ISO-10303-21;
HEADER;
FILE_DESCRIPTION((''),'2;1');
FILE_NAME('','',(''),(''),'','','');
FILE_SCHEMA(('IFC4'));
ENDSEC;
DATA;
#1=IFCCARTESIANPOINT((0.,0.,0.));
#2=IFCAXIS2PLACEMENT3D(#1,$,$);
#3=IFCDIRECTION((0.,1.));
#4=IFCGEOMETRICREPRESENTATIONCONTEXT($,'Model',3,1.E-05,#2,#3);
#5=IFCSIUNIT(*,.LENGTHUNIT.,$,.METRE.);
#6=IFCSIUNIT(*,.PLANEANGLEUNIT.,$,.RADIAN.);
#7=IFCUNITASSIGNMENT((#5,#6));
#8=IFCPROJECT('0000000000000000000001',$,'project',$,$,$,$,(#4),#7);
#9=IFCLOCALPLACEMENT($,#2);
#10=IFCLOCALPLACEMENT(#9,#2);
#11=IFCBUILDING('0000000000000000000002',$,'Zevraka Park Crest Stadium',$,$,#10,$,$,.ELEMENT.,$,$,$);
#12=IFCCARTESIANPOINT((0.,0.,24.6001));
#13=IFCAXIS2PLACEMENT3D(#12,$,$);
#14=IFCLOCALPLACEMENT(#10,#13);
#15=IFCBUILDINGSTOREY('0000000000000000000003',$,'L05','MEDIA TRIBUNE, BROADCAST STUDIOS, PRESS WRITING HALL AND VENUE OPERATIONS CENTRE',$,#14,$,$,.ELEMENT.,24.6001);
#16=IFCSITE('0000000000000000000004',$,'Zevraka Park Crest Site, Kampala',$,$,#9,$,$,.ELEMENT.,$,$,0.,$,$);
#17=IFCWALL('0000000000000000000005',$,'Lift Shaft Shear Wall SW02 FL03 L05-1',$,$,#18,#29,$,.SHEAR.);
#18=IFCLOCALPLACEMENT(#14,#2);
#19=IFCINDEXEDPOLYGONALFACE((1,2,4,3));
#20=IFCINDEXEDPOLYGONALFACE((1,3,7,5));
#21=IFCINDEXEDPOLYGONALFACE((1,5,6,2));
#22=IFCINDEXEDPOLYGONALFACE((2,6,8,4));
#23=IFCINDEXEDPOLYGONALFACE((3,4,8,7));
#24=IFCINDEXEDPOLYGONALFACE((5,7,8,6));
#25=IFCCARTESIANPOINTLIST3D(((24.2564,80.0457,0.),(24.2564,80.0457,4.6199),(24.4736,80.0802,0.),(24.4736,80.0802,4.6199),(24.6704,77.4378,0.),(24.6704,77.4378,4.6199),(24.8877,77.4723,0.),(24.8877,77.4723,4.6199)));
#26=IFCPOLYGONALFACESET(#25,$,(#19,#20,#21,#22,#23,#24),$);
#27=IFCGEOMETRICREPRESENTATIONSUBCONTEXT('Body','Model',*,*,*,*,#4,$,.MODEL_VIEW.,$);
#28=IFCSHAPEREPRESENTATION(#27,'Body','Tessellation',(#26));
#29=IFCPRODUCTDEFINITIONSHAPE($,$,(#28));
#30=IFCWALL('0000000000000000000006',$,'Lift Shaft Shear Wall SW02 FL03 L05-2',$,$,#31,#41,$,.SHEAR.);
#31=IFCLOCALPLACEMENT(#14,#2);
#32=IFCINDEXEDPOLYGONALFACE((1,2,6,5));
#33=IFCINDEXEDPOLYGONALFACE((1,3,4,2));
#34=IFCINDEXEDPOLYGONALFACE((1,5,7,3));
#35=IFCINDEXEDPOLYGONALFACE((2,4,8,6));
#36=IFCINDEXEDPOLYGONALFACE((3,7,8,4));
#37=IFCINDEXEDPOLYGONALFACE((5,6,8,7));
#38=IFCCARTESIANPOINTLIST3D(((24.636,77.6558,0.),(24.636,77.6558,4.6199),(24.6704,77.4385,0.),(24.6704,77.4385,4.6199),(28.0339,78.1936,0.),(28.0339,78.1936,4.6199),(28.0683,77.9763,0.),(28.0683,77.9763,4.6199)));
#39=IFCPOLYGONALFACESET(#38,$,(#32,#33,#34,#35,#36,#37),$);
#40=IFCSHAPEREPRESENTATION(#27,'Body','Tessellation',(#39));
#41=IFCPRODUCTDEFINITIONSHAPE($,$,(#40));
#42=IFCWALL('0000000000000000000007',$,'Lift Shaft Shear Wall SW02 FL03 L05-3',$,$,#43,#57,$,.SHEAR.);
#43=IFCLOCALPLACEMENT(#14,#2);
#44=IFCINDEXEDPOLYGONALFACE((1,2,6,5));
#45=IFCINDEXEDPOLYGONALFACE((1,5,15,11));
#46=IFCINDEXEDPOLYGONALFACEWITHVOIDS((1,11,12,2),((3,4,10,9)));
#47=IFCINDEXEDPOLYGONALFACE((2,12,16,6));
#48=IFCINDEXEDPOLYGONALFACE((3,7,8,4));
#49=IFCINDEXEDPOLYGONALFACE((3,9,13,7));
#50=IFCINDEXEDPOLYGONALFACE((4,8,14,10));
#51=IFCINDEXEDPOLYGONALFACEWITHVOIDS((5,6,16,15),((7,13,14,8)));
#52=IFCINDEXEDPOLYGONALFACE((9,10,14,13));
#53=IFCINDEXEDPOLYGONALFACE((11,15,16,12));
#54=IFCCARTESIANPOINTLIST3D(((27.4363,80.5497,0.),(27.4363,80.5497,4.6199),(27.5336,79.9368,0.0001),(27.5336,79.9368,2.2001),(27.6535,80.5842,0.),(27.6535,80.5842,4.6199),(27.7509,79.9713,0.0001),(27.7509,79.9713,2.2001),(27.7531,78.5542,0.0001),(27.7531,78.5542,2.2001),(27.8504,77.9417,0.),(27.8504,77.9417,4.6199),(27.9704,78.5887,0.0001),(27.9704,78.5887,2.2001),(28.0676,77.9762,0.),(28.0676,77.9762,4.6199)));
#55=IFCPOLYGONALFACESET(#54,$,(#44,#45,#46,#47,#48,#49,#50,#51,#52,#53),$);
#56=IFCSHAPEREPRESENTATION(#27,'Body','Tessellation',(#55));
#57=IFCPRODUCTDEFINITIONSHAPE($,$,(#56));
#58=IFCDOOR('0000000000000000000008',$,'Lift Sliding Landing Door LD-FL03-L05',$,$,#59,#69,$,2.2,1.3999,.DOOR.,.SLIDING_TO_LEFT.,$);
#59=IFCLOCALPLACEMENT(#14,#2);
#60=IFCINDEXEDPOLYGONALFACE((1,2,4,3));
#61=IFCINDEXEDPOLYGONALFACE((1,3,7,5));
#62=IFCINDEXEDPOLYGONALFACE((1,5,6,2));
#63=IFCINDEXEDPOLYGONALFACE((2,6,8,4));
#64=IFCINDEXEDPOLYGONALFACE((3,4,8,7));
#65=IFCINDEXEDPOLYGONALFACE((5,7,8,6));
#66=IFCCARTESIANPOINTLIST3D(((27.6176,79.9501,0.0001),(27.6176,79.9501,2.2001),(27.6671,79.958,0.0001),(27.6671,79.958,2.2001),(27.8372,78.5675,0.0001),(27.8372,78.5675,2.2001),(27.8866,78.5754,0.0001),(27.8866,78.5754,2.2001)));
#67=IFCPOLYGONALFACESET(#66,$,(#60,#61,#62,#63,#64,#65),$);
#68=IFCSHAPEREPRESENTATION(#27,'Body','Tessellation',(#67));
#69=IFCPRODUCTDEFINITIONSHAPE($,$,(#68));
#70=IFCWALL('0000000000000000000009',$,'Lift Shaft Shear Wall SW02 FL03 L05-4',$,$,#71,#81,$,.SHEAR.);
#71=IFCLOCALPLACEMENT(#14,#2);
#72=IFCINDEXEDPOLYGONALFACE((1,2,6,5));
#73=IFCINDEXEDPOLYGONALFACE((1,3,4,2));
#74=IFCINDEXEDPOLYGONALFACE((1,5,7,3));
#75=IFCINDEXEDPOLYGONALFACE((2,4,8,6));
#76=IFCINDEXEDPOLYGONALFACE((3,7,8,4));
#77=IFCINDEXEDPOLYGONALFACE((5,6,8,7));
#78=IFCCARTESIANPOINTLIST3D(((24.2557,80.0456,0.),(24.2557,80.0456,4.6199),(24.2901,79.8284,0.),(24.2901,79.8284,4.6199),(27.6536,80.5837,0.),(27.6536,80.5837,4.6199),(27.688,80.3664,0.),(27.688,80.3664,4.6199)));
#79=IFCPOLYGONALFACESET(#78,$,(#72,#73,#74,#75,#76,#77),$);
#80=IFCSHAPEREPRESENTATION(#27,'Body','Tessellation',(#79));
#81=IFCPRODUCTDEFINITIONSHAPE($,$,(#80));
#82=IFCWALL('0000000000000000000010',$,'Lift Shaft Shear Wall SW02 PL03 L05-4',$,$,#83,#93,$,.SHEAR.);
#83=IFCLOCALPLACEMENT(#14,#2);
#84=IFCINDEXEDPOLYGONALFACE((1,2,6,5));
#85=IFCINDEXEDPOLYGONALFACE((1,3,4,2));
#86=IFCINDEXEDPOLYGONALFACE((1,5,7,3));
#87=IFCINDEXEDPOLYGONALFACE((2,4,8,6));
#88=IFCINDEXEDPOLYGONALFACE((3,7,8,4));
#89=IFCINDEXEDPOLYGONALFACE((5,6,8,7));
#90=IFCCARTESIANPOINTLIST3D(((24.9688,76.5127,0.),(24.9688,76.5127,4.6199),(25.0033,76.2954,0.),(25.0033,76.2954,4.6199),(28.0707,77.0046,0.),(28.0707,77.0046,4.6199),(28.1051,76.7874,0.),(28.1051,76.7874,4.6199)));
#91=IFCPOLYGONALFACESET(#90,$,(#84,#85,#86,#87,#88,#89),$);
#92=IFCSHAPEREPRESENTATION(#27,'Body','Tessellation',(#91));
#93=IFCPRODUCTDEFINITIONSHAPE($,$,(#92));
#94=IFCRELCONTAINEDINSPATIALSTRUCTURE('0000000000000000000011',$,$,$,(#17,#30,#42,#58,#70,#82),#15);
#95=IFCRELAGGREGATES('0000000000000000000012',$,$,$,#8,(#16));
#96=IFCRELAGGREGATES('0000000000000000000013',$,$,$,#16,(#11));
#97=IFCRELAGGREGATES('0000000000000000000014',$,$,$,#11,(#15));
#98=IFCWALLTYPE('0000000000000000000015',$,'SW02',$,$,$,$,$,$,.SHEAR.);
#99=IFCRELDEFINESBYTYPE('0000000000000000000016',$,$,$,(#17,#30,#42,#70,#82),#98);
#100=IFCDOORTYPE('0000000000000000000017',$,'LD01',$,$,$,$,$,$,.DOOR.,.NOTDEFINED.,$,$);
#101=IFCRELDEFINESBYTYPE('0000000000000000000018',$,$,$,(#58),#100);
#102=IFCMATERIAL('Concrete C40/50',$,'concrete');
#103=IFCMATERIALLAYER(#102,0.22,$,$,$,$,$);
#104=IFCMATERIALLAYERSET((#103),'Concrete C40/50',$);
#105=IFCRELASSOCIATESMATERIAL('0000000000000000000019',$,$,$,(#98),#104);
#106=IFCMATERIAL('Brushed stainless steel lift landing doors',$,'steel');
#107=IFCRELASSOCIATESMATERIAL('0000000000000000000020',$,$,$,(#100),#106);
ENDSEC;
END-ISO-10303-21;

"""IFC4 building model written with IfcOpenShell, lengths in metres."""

from ifc_helpers import new_model, si_unit, direction, frame, frame_2d, origin, place, context, subcontext, project, spatial, rectangle, extrude, material, layer, layer_set, type_object, element, fill, save


model = new_model("IFC4")

# Units and contexts
model_context = context("Model", 3, precision=1e-05, world=origin(), true_north=direction((0.0, 1.0)))
body_context = subcontext(model_context, "Body", "Model", "MODEL_VIEW")
ifc_project = project(units=[si_unit("LENGTHUNIT", "METRE"), si_unit("PLANEANGLEUNIT", "RADIAN")], contexts=[model_context])

# Site, building, storey
site_placement = place(None, origin())
site = spatial("IfcSite", under=ifc_project, at=site_placement, Name="Zevraka Park Crest Site, Kampala", CompositionType="ELEMENT", RefElevation=0.0)
building_placement = place(site_placement, origin())
building = spatial("IfcBuilding", under=site, at=building_placement, Name="Zevraka Park Crest Stadium", CompositionType="ELEMENT")
storey_placement = place(building_placement, frame((0.0, 0.0, 24.6001)))
storey = spatial("IfcBuildingStorey", under=building, at=storey_placement, Name="L05", Description="MEDIA TRIBUNE, BROADCAST STUDIOS, PRESS WRITING HALL AND VENUE OPERATIONS CENTRE", CompositionType="ELEMENT", Elevation=24.6001)

# Walls
ifc_material_1 = material(Name="Concrete C40/50", Category="concrete")
ifc_layer_1 = layer(ifc_material_1, 0.22)
ifc_layer_set_1 = layer_set([ifc_layer_1], Name="Concrete C40/50")
wall_type_1 = type_object("IfcWallType", Name="SW02", PredefinedType="SHEAR", material=ifc_layer_set_1)
wall_1_placement = place(storey_placement, frame((24.365, 80.063, 0.0), z_axis=(0.0, 0.0, 1.0), x_axis=(0.156808, -0.987629, 0.0)))
element("IfcWall", 1, at=wall_1_placement, inside=storey, type_object=wall_type_1, Name="Lift Shaft Shear Wall SW02 FL03 L05-1", PredefinedType="SHEAR", context=body_context, shape_type="SweptSolid", body=[
    extrude(rectangle(XDim=2.6406, YDim=0.22, at=frame_2d((1.3203, 0.0))), origin(), (0.0, 0.0, 1.0), 4.6199),
])
wall_2_placement = place(storey_placement, frame((24.6531, 77.5471, 0.0), z_axis=(0.0, 0.0, 1.0), x_axis=(0.987704, 0.156338, 0.0)))
element("IfcWall", 2, at=wall_2_placement, inside=storey, type_object=wall_type_1, Name="Lift Shaft Shear Wall SW02 FL03 L05-2", PredefinedType="SHEAR", context=body_context, shape_type="SweptSolid", body=[
    extrude(rectangle(XDim=3.4402, YDim=0.22, at=frame_2d((1.7202, 0.0))), origin(), (0.0, 0.0, 1.0), 4.6199),
])

# Wall, opening, door
wall_3_placement = place(storey_placement, frame((27.959, 77.959, 0.0), z_axis=(0.0, 0.0, 1.0), x_axis=(-0.156808, 0.987629, 0.0)))
wall_3 = element("IfcWall", 3, at=wall_3_placement, inside=storey, type_object=wall_type_1, Name="Lift Shaft Shear Wall SW02 FL03 L05-3", PredefinedType="SHEAR", context=body_context, shape_type="SweptSolid", body=[
    extrude(rectangle(XDim=2.6406, YDim=0.22, at=frame_2d((1.3203, 0.0))), origin(), (0.0, 0.0, 1.0), 4.6199),
])
opening_1_placement = place(wall_3_placement, frame((0.6201, 0.0, 0.0)))
opening_1 = element("IfcOpeningElement", 4, at=opening_1_placement, cuts=wall_3, PredefinedType="OPENING", context=body_context, shape_type="SweptSolid", body=[
    extrude(rectangle(XDim=1.3999, YDim=2.2, at=frame_2d((0.7, 1.1001))), frame((0.0, 0.1199, 0.0), z_axis=(0.0, -1.0, 0.0), x_axis=(1.0, 0.0, 0.0)), (0.0, 0.0, 1.0), 0.24),
])
ifc_material_2 = material(Name="Brushed stainless steel lift landing doors", Category="steel")
door_type_1 = type_object("IfcDoorType", Name="LD01", OperationType="NOTDEFINED", PredefinedType="DOOR", material=ifc_material_2)
door_1_placement = place(opening_1_placement, origin())
door_1 = element("IfcDoor", 5, at=door_1_placement, inside=storey, type_object=door_type_1, Name="Lift Sliding Landing Door LD-FL03-L05", OperationType="SLIDING_TO_LEFT", OverallHeight=2.2, OverallWidth=1.3999, PredefinedType="DOOR", context=body_context, shape_type="SweptSolid", body=[
    extrude(rectangle(XDim=1.3999, YDim=2.2, at=frame_2d((0.7, 1.1001))), frame((0.0, 0.0249, 0.0), z_axis=(0.0, -1.0, 0.0), x_axis=(1.0, 0.0, 0.0)), (0.0, 0.0, 1.0), 0.05),
])
fill(opening_1, door_1)

# Walls
wall_4_placement = place(storey_placement, frame((27.6709, 80.4751, 0.0), z_axis=(0.0, 0.0, 1.0), x_axis=(-0.987693, -0.156407, 0.0)))
element("IfcWall", 6, at=wall_4_placement, inside=storey, type_object=wall_type_1, Name="Lift Shaft Shear Wall SW02 FL03 L05-4", PredefinedType="SHEAR", context=body_context, shape_type="SweptSolid", body=[
    extrude(rectangle(XDim=3.4402, YDim=0.22, at=frame_2d((1.7202, 0.0))), origin(), (0.0, 0.0, 1.0), 4.6199),
])
wall_5_placement = place(storey_placement, frame((28.0879, 76.896, 0.0), z_axis=(0.0, 0.0, 1.0), x_axis=(-0.987656, -0.156641, 0.0)))
element("IfcWall", 7, at=wall_5_placement, inside=storey, type_object=wall_type_1, Name="Lift Shaft Shear Wall SW02 PL03 L05-4", PredefinedType="SHEAR", context=body_context, shape_type="SweptSolid", body=[
    extrude(rectangle(XDim=3.1406, YDim=0.22, at=frame_2d((1.5703, 0.0))), origin(), (0.0, 0.0, 1.0), 4.6199),
])

save(model, "model.ifc")
